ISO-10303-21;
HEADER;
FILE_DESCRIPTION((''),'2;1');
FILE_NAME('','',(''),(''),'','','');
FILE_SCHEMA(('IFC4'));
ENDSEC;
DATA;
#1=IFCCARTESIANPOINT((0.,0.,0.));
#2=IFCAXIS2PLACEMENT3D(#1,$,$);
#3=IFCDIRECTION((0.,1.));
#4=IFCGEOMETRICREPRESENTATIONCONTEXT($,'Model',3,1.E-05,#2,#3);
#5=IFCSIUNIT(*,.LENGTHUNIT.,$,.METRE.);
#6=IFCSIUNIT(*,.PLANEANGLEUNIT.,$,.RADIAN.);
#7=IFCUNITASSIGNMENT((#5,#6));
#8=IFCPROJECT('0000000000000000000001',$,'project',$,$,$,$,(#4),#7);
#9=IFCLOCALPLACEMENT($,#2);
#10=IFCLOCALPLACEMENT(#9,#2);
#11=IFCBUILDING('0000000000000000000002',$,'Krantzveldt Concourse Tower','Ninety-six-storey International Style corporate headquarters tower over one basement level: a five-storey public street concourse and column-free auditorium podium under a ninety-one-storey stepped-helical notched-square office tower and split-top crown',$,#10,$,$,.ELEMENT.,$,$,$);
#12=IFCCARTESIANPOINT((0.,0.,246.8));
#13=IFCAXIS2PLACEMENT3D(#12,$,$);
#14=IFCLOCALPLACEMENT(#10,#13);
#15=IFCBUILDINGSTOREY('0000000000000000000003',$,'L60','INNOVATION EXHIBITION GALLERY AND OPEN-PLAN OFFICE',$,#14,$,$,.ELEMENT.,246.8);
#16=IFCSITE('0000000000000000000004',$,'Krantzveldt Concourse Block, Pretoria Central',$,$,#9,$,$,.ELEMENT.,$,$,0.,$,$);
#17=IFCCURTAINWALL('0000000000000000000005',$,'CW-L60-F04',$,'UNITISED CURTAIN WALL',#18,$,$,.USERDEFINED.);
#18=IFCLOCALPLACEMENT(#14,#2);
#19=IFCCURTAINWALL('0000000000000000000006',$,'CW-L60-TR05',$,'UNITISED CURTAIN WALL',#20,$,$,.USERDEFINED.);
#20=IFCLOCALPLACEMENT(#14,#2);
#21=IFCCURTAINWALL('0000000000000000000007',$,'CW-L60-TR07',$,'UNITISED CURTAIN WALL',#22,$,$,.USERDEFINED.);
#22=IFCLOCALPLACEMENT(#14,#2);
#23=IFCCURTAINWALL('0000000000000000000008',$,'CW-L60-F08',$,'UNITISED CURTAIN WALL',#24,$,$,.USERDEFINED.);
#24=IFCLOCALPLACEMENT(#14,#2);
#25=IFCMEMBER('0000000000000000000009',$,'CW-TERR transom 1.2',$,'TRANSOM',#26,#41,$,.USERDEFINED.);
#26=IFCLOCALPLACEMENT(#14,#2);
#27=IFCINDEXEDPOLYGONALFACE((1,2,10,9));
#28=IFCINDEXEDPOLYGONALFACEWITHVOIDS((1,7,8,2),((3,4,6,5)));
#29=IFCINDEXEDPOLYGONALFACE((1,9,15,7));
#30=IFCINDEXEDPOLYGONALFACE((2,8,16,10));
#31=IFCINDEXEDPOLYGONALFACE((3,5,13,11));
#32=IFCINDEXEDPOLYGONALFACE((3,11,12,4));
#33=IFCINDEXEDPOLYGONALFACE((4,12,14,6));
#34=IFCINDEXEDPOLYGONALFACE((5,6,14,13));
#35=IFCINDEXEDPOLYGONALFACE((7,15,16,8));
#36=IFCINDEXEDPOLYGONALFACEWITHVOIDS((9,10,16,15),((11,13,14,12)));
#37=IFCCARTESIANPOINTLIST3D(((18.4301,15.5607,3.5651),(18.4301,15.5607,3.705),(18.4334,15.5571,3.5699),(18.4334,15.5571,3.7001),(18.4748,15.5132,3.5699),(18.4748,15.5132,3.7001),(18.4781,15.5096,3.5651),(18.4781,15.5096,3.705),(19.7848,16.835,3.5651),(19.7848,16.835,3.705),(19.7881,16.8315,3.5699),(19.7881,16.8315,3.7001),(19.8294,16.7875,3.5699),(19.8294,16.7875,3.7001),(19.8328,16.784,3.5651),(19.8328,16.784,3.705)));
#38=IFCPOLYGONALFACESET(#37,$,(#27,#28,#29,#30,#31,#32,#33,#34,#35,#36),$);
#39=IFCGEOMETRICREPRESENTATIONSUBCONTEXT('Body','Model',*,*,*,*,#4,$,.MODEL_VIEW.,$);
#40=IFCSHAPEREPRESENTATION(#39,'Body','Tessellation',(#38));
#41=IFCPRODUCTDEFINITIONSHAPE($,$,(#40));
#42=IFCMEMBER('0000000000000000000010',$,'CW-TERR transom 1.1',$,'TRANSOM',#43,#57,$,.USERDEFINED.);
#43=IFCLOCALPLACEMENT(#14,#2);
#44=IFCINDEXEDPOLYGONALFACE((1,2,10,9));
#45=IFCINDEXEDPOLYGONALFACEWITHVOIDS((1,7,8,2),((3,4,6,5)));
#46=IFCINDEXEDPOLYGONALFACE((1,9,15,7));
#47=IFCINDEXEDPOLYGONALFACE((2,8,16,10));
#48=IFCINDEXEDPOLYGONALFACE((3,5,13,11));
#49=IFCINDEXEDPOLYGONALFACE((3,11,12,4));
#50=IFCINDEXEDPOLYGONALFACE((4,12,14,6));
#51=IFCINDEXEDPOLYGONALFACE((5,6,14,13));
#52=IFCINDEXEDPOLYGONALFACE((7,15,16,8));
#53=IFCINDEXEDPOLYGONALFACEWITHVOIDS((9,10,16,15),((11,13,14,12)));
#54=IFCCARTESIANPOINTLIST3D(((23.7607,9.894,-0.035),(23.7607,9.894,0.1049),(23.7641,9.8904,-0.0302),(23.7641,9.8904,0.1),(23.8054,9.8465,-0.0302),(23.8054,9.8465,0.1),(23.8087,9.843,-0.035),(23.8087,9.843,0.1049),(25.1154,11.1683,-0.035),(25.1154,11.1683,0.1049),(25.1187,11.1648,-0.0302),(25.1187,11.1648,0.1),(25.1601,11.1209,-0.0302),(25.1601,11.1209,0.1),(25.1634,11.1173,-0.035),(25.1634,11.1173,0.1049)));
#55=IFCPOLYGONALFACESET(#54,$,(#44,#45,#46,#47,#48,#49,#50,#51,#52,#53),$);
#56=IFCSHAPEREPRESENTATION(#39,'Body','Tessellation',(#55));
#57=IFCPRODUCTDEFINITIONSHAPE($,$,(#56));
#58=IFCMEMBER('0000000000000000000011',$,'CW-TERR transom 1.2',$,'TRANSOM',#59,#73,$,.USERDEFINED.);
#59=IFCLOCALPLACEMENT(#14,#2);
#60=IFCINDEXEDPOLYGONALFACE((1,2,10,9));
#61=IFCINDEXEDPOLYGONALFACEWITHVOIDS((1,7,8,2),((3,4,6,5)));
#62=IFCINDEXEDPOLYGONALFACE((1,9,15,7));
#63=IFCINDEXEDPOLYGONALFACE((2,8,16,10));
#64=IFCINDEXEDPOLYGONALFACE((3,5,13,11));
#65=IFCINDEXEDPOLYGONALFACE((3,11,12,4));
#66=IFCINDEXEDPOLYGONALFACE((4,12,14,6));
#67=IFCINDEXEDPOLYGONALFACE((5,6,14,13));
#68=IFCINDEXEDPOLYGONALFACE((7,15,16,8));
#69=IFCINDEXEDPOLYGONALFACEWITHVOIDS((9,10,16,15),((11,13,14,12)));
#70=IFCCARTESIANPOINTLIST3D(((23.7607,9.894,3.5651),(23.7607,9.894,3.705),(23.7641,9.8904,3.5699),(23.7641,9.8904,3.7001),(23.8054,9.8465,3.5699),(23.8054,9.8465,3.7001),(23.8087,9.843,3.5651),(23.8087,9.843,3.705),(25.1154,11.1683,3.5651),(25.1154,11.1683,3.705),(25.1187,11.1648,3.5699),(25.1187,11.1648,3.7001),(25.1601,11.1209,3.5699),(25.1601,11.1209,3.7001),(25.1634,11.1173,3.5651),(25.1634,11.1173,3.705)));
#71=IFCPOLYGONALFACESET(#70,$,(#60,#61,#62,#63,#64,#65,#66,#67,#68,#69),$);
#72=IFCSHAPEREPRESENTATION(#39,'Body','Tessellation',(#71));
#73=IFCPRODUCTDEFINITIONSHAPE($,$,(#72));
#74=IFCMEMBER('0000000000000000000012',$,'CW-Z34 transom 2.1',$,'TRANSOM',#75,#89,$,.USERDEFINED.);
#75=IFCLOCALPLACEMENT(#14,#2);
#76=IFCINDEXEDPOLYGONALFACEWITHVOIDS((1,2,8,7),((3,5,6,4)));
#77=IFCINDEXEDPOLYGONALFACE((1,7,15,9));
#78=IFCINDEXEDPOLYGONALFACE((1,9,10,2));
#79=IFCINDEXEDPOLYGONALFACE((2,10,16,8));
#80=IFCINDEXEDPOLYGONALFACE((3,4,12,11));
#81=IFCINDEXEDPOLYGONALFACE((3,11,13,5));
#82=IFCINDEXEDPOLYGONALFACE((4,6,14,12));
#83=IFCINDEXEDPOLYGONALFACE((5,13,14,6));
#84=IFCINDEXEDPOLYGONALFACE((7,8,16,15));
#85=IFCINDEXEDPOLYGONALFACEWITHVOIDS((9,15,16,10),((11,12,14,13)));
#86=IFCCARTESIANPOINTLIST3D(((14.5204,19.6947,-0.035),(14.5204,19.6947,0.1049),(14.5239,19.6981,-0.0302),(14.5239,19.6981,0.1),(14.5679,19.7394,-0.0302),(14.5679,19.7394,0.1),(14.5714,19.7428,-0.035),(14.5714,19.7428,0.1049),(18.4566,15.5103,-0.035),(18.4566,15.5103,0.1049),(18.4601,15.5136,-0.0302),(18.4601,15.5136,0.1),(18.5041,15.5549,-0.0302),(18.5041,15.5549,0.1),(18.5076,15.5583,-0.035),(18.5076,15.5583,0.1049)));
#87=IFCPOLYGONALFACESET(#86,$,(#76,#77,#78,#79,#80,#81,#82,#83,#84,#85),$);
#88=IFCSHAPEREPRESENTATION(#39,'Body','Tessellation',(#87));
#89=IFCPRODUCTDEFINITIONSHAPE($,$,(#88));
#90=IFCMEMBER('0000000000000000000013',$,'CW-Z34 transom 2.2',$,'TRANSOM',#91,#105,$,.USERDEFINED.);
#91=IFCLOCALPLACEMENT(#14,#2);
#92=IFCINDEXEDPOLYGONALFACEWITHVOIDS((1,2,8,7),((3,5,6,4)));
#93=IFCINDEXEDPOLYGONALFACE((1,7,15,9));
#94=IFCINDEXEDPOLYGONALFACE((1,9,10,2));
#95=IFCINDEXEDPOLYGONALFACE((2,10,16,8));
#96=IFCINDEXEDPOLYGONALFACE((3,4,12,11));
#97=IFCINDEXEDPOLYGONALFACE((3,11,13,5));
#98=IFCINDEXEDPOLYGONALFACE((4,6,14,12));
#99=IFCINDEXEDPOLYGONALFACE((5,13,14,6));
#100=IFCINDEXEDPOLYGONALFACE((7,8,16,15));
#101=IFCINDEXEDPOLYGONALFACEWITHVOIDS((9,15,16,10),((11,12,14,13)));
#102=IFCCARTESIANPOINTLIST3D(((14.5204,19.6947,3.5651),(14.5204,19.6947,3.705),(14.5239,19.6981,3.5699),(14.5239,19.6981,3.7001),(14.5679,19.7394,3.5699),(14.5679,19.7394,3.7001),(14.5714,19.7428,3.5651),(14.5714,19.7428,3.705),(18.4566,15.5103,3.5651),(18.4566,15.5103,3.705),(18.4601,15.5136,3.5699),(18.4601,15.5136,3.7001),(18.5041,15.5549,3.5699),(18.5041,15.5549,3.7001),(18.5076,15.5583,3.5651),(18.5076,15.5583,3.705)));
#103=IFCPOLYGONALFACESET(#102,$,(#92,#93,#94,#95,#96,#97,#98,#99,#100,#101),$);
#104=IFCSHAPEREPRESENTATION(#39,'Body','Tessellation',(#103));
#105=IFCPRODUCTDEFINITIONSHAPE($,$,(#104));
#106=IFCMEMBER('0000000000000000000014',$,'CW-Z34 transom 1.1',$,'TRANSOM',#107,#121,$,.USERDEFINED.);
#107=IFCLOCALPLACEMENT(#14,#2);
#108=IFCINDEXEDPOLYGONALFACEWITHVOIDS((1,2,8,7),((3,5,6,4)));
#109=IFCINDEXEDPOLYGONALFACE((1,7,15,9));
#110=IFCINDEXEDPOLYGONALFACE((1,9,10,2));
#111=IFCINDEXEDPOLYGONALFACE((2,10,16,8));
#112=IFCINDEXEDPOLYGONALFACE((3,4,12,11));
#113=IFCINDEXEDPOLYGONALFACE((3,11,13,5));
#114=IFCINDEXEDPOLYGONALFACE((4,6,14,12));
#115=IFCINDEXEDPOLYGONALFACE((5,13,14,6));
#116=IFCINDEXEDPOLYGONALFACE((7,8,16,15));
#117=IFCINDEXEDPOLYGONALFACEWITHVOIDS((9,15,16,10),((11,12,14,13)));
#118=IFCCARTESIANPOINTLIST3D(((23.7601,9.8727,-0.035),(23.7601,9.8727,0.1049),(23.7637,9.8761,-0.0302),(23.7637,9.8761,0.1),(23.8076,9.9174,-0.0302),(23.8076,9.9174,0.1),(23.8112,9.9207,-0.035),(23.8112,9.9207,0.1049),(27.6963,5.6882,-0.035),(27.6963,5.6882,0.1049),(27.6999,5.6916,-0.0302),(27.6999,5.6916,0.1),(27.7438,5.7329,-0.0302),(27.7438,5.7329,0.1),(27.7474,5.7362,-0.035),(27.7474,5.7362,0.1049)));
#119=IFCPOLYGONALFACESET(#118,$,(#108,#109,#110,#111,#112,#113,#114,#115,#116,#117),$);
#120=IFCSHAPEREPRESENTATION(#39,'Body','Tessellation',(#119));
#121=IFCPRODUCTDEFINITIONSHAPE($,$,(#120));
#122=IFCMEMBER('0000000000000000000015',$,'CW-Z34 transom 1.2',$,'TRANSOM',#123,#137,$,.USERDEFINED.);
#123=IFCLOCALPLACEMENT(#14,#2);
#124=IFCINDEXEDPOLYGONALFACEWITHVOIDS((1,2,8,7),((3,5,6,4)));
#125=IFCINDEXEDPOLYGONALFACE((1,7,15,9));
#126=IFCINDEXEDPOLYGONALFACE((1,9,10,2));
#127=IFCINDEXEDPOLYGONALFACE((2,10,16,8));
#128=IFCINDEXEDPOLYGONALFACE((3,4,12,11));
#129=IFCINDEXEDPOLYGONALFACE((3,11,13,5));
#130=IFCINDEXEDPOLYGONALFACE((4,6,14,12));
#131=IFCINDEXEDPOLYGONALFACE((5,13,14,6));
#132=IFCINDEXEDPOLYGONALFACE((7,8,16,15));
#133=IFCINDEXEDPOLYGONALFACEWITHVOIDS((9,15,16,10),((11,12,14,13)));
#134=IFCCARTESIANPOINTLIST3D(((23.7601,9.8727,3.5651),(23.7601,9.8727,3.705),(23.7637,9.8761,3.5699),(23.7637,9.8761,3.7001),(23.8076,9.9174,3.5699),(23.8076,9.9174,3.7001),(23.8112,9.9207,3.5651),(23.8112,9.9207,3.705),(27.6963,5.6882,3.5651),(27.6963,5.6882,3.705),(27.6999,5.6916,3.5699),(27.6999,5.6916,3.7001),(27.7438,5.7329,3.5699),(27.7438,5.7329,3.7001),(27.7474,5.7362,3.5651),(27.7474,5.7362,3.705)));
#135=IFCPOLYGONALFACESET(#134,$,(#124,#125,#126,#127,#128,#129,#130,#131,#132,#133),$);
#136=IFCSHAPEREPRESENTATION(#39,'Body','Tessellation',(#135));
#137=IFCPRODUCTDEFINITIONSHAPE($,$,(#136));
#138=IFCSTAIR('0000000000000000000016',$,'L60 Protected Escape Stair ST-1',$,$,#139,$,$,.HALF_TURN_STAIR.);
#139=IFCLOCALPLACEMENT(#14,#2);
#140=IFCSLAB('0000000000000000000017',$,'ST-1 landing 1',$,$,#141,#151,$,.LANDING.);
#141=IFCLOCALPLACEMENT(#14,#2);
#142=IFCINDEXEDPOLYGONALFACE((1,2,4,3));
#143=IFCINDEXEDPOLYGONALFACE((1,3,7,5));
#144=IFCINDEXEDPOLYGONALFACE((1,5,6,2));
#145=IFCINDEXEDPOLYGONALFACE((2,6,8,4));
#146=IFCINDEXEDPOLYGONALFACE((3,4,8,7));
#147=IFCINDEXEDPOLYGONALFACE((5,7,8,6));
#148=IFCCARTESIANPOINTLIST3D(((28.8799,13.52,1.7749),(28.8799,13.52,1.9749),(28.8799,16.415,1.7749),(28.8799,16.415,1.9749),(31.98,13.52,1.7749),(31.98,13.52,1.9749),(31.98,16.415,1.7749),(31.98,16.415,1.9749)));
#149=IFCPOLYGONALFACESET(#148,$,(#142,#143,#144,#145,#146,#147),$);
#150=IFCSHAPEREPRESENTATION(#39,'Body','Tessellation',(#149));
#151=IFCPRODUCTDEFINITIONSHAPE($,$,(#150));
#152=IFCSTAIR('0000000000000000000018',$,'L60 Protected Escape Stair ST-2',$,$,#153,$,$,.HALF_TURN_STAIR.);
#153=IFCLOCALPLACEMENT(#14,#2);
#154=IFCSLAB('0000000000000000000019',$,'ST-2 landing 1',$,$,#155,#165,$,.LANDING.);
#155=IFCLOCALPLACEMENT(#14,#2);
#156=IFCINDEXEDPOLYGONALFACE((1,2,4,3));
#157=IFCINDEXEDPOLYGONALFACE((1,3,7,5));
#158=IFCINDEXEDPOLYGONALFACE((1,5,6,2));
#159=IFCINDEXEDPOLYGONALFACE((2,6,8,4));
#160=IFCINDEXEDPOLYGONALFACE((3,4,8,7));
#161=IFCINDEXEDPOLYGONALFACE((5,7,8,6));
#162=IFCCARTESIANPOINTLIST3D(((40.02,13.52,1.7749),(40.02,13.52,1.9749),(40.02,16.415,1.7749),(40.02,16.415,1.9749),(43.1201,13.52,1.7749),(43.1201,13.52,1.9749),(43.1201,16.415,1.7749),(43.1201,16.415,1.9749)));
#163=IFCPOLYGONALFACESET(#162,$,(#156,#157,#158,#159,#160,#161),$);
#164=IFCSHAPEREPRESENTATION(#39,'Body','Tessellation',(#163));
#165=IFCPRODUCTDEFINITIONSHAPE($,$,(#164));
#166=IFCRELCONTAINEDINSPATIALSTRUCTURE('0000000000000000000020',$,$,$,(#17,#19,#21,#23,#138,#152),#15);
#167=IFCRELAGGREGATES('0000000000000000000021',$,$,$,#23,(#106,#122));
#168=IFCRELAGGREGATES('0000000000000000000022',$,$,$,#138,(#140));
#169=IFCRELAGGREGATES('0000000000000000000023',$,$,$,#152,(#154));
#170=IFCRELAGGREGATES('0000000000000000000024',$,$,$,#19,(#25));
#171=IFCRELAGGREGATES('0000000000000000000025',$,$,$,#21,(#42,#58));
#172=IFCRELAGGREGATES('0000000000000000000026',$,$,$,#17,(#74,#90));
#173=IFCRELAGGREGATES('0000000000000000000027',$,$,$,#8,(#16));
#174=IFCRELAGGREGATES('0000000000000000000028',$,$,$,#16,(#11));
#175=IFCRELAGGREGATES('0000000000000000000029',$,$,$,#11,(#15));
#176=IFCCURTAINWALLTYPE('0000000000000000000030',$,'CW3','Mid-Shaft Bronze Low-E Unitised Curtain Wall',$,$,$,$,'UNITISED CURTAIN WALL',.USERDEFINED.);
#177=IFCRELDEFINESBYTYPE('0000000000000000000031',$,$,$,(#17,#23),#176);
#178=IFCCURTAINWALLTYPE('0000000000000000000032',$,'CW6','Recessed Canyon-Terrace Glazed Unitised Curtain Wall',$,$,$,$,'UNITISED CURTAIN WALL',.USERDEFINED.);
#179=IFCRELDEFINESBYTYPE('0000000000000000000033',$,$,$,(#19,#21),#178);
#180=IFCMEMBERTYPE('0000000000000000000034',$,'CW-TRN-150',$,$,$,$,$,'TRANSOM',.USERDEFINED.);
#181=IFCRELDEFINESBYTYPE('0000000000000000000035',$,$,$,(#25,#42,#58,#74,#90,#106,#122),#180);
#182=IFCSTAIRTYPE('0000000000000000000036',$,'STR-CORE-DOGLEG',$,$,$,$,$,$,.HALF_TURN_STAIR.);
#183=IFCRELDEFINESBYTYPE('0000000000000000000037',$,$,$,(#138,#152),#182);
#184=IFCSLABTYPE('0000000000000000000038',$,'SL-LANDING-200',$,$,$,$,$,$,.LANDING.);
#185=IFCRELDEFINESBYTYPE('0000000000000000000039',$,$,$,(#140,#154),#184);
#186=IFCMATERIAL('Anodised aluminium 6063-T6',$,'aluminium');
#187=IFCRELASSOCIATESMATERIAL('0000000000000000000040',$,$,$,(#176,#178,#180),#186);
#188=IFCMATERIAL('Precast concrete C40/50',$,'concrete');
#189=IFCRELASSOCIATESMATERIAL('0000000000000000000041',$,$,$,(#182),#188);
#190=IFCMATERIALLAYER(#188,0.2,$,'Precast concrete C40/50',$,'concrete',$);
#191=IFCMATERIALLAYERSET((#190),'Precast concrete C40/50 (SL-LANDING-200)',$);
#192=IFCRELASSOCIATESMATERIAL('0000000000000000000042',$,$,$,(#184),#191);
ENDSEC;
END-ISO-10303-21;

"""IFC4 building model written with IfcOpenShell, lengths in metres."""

from ifc_helpers import new_model, si_unit, direction, frame, origin, origin_2d, place, context, subcontext, project, spatial, polyline, hollow_rectangle, outline, extrude, source, transform, mapped, material, layer, layer_set, material_profile, profile_set, type_object, type_shapes, element, aggregate, save


model = new_model("IFC4")

# Units and contexts
model_context = context("Model", 3, precision=1e-05, world=origin(), true_north=direction((0.0, 1.0)))
body_context = subcontext(model_context, "Body", "Model", "MODEL_VIEW")
ifc_project = project(units=[si_unit("LENGTHUNIT", "METRE"), si_unit("PLANEANGLEUNIT", "RADIAN")], contexts=[model_context])

# Site, building, storey
site_placement = place(None, origin())
site = spatial("IfcSite", under=ifc_project, at=site_placement, Name="Krantzveldt Concourse Block, Pretoria Central", CompositionType="ELEMENT", RefElevation=0.0)
building_placement = place(site_placement, origin())
building = spatial("IfcBuilding", under=site, at=building_placement, Name="Krantzveldt Concourse Tower", Description="Ninety-six-storey International Style corporate headquarters tower over one basement level: a five-storey public street concourse and column-free auditorium podium under a ninety-one-storey stepped-helical notched-square office tower and split-top crown", CompositionType="ELEMENT")
storey_placement = place(building_placement, frame((0.0, 0.0, 246.8)))
storey = spatial("IfcBuildingStorey", under=building, at=storey_placement, Name="L60", Description="INNOVATION EXHIBITION GALLERY AND OPEN-PLAN OFFICE", CompositionType="ELEMENT", Elevation=246.8)

# Curtain walls
ifc_material_1 = material(Name="Anodised aluminium 6063-T6", Category="aluminium")
curtain_wall_type_1 = type_object("IfcCurtainWallType", Name="CW3", Description="Mid-Shaft Bronze Low-E Unitised Curtain Wall", ElementType="UNITISED CURTAIN WALL", PredefinedType="USERDEFINED", material=ifc_material_1)
curtain_wall_1_placement = place(storey_placement, origin())
curtain_wall_1 = element("IfcCurtainWall", 1, at=curtain_wall_1_placement, inside=storey, type_object=curtain_wall_type_1, Name="CW-L60-F04", ObjectType="UNITISED CURTAIN WALL", PredefinedType="USERDEFINED")
curtain_wall_type_2 = type_object("IfcCurtainWallType", Name="CW6", Description="Recessed Canyon-Terrace Glazed Unitised Curtain Wall", ElementType="UNITISED CURTAIN WALL", PredefinedType="USERDEFINED", material=ifc_material_1)
curtain_wall_2_placement = place(storey_placement, origin())
curtain_wall_2 = element("IfcCurtainWall", 2, at=curtain_wall_2_placement, inside=storey, type_object=curtain_wall_type_2, Name="CW-L60-TR05", ObjectType="UNITISED CURTAIN WALL", PredefinedType="USERDEFINED")

# Curtain walls
curtain_wall_3_placement = place(storey_placement, origin())
curtain_wall_3 = element("IfcCurtainWall", 3, at=curtain_wall_3_placement, inside=storey, type_object=curtain_wall_type_2, Name="CW-L60-TR07", ObjectType="UNITISED CURTAIN WALL", PredefinedType="USERDEFINED")
curtain_wall_4_placement = place(storey_placement, origin())
curtain_wall_4 = element("IfcCurtainWall", 4, at=curtain_wall_4_placement, inside=storey, type_object=curtain_wall_type_1, Name="CW-L60-F08", ObjectType="UNITISED CURTAIN WALL", PredefinedType="USERDEFINED")

# Members
ifc_material_profile_1 = material_profile(ifc_material_1, hollow_rectangle(XDim=0.0701, YDim=0.1399, WallThickness=0.0049, at=origin_2d()), Name="Anodised aluminium 6063-T6", Category="aluminium")
ifc_profile_set_1 = profile_set([ifc_material_profile_1], Name="Anodised aluminium 6063-T6 - ALU-TRAN 140x70x5")
member_type_1 = type_object("IfcMemberType", Name="CW-TRN-150", ElementType="TRANSOM", PredefinedType="USERDEFINED", material=ifc_profile_set_1)
shared_shape_1 = source(origin(), body_context, "Body", "SweptSolid", [
    extrude(hollow_rectangle(XDim=0.0701, YDim=0.1399, WallThickness=0.0049, at=origin_2d()), origin(), (0.0, 0.0, 1.0), 1.8599),
])
member_1_placement = place(storey_placement, frame((18.4541, 15.5352, 3.635), z_axis=(0.72837, 0.685185, 0.0), x_axis=(-0.685185, 0.72837, 0.0)))
member_1 = element("IfcMember", 5, at=member_1_placement, type_object=member_type_1, Name="CW-TERR transom 1.2", ObjectType="TRANSOM", PredefinedType="USERDEFINED", context=body_context, shape_type="MappedRepresentation", body=[
    mapped(shared_shape_1, transform((0.0, 0.0, 0.0), x_axis=(1.0, 0.0, 0.0), y_axis=(0.0, 1.0, 0.0), z_axis=(0.0, 0.0, 1.0), scale=1.0)),
])
member_2_placement = place(storey_placement, frame((25.1394, 11.1428, 0.0349), z_axis=(-0.72837, -0.685185, 0.0), x_axis=(0.685185, -0.72837, 0.0)))
member_2 = element("IfcMember", 6, at=member_2_placement, type_object=member_type_1, Name="CW-TERR transom 1.1", ObjectType="TRANSOM", PredefinedType="USERDEFINED", context=body_context, shape_type="MappedRepresentation", body=[
    mapped(shared_shape_1, transform((0.0, 0.0, 0.0), x_axis=(1.0, 0.0, 0.0), y_axis=(0.0, 1.0, 0.0), z_axis=(0.0, 0.0, 1.0), scale=1.0)),
])
member_3_placement = place(storey_placement, frame((25.1394, 11.1428, 3.635), z_axis=(-0.72837, -0.685185, 0.0), x_axis=(0.685185, -0.72837, 0.0)))
member_3 = element("IfcMember", 7, at=member_3_placement, type_object=member_type_1, Name="CW-TERR transom 1.2", ObjectType="TRANSOM", PredefinedType="USERDEFINED", context=body_context, shape_type="MappedRepresentation", body=[
    mapped(shared_shape_1, transform((0.0, 0.0, 0.0), x_axis=(1.0, 0.0, 0.0), y_axis=(0.0, 1.0, 0.0), z_axis=(0.0, 0.0, 1.0), scale=1.0)),
])
shared_shape_2 = source(origin(), body_context, "Body", "SweptSolid", [
    extrude(hollow_rectangle(XDim=0.0701, YDim=0.1399, WallThickness=0.0049, at=origin_2d()), origin(), (0.0, 0.0, 1.0), 5.7449),
])
type_shapes(member_type_1, [shared_shape_1, shared_shape_2])
member_4_placement = place(storey_placement, frame((14.5459, 19.7188, 0.0349), z_axis=(0.685167, -0.728386, 0.0), x_axis=(0.728386, 0.685167, 0.0)))
member_4 = element("IfcMember", 8, at=member_4_placement, type_object=member_type_1, Name="CW-Z34 transom 2.1", ObjectType="TRANSOM", PredefinedType="USERDEFINED", context=body_context, shape_type="MappedRepresentation", body=[
    mapped(shared_shape_2, transform((0.0, 0.0, 0.0), x_axis=(1.0, 0.0, 0.0), y_axis=(0.0, 1.0, 0.0), z_axis=(0.0, 0.0, 1.0), scale=1.0)),
])
member_5_placement = place(storey_placement, frame((14.5459, 19.7188, 3.635), z_axis=(0.685167, -0.728386, 0.0), x_axis=(0.728386, 0.685167, 0.0)))
member_5 = element("IfcMember", 9, at=member_5_placement, type_object=member_type_1, Name="CW-Z34 transom 2.2", ObjectType="TRANSOM", PredefinedType="USERDEFINED", context=body_context, shape_type="MappedRepresentation", body=[
    mapped(shared_shape_2, transform((0.0, 0.0, 0.0), x_axis=(1.0, 0.0, 0.0), y_axis=(0.0, 1.0, 0.0), z_axis=(0.0, 0.0, 1.0), scale=1.0)),
])
member_6_placement = place(storey_placement, frame((23.7856, 9.8967, 0.0349), z_axis=(0.685167, -0.728386, 0.0), x_axis=(0.728386, 0.685167, 0.0)))
member_6 = element("IfcMember", 10, at=member_6_placement, type_object=member_type_1, Name="CW-Z34 transom 1.1", ObjectType="TRANSOM", PredefinedType="USERDEFINED", context=body_context, shape_type="MappedRepresentation", body=[
    mapped(shared_shape_2, transform((0.0, 0.0, 0.0), x_axis=(1.0, 0.0, 0.0), y_axis=(0.0, 1.0, 0.0), z_axis=(0.0, 0.0, 1.0), scale=1.0)),
])
member_7_placement = place(storey_placement, frame((23.7856, 9.8967, 3.635), z_axis=(0.685167, -0.728386, 0.0), x_axis=(0.728386, 0.685167, 0.0)))
member_7 = element("IfcMember", 11, at=member_7_placement, type_object=member_type_1, Name="CW-Z34 transom 1.2", ObjectType="TRANSOM", PredefinedType="USERDEFINED", context=body_context, shape_type="MappedRepresentation", body=[
    mapped(shared_shape_2, transform((0.0, 0.0, 0.0), x_axis=(1.0, 0.0, 0.0), y_axis=(0.0, 1.0, 0.0), z_axis=(0.0, 0.0, 1.0), scale=1.0)),
])
aggregate(curtain_wall_4, [member_6, member_7])

# Stairs, slabs
ifc_material_2 = material(Name="Precast concrete C40/50", Category="concrete")
stair_type = type_object("IfcStairType", Name="STR-CORE-DOGLEG", PredefinedType="HALF_TURN_STAIR", material=ifc_material_2)
stair_1_placement = place(storey_placement, origin())
stair_1 = element("IfcStair", 12, at=stair_1_placement, inside=storey, type_object=stair_type, Name="L60 Protected Escape Stair ST-1", PredefinedType="HALF_TURN_STAIR")
ifc_layer_1 = layer(ifc_material_2, 0.2, Name="Precast concrete C40/50", Category="concrete")
ifc_layer_set_1 = layer_set([ifc_layer_1], Name="Precast concrete C40/50 (SL-LANDING-200)")
slab_type_1 = type_object("IfcSlabType", Name="SL-LANDING-200", PredefinedType="LANDING", material=ifc_layer_set_1)
slab_1_placement = place(storey_placement, frame((0.0, 0.0, 1.7749)))
slab_1 = element("IfcSlab", 13, at=slab_1_placement, type_object=slab_type_1, Name="ST-1 landing 1", PredefinedType="LANDING", context=body_context, shape_type="SweptSolid", body=[
    extrude(outline(polyline([(28.8799, 16.415), (28.8799, 13.52), (31.98, 13.52), (31.98, 16.415), (28.8799, 16.415)])), origin(), (0.0, 0.0, 1.0), 0.2),
])
aggregate(stair_1, [slab_1])
stair_2_placement = place(storey_placement, origin())
stair_2 = element("IfcStair", 14, at=stair_2_placement, inside=storey, type_object=stair_type, Name="L60 Protected Escape Stair ST-2", PredefinedType="HALF_TURN_STAIR")
slab_2_placement = place(storey_placement, frame((0.0, 0.0, 1.7749)))
slab_2 = element("IfcSlab", 15, at=slab_2_placement, type_object=slab_type_1, Name="ST-2 landing 1", PredefinedType="LANDING", context=body_context, shape_type="SweptSolid", body=[
    extrude(outline(polyline([(40.02, 16.415), (40.02, 13.52), (43.1201, 13.52), (43.1201, 16.415), (40.02, 16.415)])), origin(), (0.0, 0.0, 1.0), 0.2),
])
aggregate(stair_2, [slab_2])

aggregate(curtain_wall_2, [member_1])
aggregate(curtain_wall_3, [member_2, member_3])
aggregate(curtain_wall_1, [member_4, member_5])

save(model, "model.ifc")
